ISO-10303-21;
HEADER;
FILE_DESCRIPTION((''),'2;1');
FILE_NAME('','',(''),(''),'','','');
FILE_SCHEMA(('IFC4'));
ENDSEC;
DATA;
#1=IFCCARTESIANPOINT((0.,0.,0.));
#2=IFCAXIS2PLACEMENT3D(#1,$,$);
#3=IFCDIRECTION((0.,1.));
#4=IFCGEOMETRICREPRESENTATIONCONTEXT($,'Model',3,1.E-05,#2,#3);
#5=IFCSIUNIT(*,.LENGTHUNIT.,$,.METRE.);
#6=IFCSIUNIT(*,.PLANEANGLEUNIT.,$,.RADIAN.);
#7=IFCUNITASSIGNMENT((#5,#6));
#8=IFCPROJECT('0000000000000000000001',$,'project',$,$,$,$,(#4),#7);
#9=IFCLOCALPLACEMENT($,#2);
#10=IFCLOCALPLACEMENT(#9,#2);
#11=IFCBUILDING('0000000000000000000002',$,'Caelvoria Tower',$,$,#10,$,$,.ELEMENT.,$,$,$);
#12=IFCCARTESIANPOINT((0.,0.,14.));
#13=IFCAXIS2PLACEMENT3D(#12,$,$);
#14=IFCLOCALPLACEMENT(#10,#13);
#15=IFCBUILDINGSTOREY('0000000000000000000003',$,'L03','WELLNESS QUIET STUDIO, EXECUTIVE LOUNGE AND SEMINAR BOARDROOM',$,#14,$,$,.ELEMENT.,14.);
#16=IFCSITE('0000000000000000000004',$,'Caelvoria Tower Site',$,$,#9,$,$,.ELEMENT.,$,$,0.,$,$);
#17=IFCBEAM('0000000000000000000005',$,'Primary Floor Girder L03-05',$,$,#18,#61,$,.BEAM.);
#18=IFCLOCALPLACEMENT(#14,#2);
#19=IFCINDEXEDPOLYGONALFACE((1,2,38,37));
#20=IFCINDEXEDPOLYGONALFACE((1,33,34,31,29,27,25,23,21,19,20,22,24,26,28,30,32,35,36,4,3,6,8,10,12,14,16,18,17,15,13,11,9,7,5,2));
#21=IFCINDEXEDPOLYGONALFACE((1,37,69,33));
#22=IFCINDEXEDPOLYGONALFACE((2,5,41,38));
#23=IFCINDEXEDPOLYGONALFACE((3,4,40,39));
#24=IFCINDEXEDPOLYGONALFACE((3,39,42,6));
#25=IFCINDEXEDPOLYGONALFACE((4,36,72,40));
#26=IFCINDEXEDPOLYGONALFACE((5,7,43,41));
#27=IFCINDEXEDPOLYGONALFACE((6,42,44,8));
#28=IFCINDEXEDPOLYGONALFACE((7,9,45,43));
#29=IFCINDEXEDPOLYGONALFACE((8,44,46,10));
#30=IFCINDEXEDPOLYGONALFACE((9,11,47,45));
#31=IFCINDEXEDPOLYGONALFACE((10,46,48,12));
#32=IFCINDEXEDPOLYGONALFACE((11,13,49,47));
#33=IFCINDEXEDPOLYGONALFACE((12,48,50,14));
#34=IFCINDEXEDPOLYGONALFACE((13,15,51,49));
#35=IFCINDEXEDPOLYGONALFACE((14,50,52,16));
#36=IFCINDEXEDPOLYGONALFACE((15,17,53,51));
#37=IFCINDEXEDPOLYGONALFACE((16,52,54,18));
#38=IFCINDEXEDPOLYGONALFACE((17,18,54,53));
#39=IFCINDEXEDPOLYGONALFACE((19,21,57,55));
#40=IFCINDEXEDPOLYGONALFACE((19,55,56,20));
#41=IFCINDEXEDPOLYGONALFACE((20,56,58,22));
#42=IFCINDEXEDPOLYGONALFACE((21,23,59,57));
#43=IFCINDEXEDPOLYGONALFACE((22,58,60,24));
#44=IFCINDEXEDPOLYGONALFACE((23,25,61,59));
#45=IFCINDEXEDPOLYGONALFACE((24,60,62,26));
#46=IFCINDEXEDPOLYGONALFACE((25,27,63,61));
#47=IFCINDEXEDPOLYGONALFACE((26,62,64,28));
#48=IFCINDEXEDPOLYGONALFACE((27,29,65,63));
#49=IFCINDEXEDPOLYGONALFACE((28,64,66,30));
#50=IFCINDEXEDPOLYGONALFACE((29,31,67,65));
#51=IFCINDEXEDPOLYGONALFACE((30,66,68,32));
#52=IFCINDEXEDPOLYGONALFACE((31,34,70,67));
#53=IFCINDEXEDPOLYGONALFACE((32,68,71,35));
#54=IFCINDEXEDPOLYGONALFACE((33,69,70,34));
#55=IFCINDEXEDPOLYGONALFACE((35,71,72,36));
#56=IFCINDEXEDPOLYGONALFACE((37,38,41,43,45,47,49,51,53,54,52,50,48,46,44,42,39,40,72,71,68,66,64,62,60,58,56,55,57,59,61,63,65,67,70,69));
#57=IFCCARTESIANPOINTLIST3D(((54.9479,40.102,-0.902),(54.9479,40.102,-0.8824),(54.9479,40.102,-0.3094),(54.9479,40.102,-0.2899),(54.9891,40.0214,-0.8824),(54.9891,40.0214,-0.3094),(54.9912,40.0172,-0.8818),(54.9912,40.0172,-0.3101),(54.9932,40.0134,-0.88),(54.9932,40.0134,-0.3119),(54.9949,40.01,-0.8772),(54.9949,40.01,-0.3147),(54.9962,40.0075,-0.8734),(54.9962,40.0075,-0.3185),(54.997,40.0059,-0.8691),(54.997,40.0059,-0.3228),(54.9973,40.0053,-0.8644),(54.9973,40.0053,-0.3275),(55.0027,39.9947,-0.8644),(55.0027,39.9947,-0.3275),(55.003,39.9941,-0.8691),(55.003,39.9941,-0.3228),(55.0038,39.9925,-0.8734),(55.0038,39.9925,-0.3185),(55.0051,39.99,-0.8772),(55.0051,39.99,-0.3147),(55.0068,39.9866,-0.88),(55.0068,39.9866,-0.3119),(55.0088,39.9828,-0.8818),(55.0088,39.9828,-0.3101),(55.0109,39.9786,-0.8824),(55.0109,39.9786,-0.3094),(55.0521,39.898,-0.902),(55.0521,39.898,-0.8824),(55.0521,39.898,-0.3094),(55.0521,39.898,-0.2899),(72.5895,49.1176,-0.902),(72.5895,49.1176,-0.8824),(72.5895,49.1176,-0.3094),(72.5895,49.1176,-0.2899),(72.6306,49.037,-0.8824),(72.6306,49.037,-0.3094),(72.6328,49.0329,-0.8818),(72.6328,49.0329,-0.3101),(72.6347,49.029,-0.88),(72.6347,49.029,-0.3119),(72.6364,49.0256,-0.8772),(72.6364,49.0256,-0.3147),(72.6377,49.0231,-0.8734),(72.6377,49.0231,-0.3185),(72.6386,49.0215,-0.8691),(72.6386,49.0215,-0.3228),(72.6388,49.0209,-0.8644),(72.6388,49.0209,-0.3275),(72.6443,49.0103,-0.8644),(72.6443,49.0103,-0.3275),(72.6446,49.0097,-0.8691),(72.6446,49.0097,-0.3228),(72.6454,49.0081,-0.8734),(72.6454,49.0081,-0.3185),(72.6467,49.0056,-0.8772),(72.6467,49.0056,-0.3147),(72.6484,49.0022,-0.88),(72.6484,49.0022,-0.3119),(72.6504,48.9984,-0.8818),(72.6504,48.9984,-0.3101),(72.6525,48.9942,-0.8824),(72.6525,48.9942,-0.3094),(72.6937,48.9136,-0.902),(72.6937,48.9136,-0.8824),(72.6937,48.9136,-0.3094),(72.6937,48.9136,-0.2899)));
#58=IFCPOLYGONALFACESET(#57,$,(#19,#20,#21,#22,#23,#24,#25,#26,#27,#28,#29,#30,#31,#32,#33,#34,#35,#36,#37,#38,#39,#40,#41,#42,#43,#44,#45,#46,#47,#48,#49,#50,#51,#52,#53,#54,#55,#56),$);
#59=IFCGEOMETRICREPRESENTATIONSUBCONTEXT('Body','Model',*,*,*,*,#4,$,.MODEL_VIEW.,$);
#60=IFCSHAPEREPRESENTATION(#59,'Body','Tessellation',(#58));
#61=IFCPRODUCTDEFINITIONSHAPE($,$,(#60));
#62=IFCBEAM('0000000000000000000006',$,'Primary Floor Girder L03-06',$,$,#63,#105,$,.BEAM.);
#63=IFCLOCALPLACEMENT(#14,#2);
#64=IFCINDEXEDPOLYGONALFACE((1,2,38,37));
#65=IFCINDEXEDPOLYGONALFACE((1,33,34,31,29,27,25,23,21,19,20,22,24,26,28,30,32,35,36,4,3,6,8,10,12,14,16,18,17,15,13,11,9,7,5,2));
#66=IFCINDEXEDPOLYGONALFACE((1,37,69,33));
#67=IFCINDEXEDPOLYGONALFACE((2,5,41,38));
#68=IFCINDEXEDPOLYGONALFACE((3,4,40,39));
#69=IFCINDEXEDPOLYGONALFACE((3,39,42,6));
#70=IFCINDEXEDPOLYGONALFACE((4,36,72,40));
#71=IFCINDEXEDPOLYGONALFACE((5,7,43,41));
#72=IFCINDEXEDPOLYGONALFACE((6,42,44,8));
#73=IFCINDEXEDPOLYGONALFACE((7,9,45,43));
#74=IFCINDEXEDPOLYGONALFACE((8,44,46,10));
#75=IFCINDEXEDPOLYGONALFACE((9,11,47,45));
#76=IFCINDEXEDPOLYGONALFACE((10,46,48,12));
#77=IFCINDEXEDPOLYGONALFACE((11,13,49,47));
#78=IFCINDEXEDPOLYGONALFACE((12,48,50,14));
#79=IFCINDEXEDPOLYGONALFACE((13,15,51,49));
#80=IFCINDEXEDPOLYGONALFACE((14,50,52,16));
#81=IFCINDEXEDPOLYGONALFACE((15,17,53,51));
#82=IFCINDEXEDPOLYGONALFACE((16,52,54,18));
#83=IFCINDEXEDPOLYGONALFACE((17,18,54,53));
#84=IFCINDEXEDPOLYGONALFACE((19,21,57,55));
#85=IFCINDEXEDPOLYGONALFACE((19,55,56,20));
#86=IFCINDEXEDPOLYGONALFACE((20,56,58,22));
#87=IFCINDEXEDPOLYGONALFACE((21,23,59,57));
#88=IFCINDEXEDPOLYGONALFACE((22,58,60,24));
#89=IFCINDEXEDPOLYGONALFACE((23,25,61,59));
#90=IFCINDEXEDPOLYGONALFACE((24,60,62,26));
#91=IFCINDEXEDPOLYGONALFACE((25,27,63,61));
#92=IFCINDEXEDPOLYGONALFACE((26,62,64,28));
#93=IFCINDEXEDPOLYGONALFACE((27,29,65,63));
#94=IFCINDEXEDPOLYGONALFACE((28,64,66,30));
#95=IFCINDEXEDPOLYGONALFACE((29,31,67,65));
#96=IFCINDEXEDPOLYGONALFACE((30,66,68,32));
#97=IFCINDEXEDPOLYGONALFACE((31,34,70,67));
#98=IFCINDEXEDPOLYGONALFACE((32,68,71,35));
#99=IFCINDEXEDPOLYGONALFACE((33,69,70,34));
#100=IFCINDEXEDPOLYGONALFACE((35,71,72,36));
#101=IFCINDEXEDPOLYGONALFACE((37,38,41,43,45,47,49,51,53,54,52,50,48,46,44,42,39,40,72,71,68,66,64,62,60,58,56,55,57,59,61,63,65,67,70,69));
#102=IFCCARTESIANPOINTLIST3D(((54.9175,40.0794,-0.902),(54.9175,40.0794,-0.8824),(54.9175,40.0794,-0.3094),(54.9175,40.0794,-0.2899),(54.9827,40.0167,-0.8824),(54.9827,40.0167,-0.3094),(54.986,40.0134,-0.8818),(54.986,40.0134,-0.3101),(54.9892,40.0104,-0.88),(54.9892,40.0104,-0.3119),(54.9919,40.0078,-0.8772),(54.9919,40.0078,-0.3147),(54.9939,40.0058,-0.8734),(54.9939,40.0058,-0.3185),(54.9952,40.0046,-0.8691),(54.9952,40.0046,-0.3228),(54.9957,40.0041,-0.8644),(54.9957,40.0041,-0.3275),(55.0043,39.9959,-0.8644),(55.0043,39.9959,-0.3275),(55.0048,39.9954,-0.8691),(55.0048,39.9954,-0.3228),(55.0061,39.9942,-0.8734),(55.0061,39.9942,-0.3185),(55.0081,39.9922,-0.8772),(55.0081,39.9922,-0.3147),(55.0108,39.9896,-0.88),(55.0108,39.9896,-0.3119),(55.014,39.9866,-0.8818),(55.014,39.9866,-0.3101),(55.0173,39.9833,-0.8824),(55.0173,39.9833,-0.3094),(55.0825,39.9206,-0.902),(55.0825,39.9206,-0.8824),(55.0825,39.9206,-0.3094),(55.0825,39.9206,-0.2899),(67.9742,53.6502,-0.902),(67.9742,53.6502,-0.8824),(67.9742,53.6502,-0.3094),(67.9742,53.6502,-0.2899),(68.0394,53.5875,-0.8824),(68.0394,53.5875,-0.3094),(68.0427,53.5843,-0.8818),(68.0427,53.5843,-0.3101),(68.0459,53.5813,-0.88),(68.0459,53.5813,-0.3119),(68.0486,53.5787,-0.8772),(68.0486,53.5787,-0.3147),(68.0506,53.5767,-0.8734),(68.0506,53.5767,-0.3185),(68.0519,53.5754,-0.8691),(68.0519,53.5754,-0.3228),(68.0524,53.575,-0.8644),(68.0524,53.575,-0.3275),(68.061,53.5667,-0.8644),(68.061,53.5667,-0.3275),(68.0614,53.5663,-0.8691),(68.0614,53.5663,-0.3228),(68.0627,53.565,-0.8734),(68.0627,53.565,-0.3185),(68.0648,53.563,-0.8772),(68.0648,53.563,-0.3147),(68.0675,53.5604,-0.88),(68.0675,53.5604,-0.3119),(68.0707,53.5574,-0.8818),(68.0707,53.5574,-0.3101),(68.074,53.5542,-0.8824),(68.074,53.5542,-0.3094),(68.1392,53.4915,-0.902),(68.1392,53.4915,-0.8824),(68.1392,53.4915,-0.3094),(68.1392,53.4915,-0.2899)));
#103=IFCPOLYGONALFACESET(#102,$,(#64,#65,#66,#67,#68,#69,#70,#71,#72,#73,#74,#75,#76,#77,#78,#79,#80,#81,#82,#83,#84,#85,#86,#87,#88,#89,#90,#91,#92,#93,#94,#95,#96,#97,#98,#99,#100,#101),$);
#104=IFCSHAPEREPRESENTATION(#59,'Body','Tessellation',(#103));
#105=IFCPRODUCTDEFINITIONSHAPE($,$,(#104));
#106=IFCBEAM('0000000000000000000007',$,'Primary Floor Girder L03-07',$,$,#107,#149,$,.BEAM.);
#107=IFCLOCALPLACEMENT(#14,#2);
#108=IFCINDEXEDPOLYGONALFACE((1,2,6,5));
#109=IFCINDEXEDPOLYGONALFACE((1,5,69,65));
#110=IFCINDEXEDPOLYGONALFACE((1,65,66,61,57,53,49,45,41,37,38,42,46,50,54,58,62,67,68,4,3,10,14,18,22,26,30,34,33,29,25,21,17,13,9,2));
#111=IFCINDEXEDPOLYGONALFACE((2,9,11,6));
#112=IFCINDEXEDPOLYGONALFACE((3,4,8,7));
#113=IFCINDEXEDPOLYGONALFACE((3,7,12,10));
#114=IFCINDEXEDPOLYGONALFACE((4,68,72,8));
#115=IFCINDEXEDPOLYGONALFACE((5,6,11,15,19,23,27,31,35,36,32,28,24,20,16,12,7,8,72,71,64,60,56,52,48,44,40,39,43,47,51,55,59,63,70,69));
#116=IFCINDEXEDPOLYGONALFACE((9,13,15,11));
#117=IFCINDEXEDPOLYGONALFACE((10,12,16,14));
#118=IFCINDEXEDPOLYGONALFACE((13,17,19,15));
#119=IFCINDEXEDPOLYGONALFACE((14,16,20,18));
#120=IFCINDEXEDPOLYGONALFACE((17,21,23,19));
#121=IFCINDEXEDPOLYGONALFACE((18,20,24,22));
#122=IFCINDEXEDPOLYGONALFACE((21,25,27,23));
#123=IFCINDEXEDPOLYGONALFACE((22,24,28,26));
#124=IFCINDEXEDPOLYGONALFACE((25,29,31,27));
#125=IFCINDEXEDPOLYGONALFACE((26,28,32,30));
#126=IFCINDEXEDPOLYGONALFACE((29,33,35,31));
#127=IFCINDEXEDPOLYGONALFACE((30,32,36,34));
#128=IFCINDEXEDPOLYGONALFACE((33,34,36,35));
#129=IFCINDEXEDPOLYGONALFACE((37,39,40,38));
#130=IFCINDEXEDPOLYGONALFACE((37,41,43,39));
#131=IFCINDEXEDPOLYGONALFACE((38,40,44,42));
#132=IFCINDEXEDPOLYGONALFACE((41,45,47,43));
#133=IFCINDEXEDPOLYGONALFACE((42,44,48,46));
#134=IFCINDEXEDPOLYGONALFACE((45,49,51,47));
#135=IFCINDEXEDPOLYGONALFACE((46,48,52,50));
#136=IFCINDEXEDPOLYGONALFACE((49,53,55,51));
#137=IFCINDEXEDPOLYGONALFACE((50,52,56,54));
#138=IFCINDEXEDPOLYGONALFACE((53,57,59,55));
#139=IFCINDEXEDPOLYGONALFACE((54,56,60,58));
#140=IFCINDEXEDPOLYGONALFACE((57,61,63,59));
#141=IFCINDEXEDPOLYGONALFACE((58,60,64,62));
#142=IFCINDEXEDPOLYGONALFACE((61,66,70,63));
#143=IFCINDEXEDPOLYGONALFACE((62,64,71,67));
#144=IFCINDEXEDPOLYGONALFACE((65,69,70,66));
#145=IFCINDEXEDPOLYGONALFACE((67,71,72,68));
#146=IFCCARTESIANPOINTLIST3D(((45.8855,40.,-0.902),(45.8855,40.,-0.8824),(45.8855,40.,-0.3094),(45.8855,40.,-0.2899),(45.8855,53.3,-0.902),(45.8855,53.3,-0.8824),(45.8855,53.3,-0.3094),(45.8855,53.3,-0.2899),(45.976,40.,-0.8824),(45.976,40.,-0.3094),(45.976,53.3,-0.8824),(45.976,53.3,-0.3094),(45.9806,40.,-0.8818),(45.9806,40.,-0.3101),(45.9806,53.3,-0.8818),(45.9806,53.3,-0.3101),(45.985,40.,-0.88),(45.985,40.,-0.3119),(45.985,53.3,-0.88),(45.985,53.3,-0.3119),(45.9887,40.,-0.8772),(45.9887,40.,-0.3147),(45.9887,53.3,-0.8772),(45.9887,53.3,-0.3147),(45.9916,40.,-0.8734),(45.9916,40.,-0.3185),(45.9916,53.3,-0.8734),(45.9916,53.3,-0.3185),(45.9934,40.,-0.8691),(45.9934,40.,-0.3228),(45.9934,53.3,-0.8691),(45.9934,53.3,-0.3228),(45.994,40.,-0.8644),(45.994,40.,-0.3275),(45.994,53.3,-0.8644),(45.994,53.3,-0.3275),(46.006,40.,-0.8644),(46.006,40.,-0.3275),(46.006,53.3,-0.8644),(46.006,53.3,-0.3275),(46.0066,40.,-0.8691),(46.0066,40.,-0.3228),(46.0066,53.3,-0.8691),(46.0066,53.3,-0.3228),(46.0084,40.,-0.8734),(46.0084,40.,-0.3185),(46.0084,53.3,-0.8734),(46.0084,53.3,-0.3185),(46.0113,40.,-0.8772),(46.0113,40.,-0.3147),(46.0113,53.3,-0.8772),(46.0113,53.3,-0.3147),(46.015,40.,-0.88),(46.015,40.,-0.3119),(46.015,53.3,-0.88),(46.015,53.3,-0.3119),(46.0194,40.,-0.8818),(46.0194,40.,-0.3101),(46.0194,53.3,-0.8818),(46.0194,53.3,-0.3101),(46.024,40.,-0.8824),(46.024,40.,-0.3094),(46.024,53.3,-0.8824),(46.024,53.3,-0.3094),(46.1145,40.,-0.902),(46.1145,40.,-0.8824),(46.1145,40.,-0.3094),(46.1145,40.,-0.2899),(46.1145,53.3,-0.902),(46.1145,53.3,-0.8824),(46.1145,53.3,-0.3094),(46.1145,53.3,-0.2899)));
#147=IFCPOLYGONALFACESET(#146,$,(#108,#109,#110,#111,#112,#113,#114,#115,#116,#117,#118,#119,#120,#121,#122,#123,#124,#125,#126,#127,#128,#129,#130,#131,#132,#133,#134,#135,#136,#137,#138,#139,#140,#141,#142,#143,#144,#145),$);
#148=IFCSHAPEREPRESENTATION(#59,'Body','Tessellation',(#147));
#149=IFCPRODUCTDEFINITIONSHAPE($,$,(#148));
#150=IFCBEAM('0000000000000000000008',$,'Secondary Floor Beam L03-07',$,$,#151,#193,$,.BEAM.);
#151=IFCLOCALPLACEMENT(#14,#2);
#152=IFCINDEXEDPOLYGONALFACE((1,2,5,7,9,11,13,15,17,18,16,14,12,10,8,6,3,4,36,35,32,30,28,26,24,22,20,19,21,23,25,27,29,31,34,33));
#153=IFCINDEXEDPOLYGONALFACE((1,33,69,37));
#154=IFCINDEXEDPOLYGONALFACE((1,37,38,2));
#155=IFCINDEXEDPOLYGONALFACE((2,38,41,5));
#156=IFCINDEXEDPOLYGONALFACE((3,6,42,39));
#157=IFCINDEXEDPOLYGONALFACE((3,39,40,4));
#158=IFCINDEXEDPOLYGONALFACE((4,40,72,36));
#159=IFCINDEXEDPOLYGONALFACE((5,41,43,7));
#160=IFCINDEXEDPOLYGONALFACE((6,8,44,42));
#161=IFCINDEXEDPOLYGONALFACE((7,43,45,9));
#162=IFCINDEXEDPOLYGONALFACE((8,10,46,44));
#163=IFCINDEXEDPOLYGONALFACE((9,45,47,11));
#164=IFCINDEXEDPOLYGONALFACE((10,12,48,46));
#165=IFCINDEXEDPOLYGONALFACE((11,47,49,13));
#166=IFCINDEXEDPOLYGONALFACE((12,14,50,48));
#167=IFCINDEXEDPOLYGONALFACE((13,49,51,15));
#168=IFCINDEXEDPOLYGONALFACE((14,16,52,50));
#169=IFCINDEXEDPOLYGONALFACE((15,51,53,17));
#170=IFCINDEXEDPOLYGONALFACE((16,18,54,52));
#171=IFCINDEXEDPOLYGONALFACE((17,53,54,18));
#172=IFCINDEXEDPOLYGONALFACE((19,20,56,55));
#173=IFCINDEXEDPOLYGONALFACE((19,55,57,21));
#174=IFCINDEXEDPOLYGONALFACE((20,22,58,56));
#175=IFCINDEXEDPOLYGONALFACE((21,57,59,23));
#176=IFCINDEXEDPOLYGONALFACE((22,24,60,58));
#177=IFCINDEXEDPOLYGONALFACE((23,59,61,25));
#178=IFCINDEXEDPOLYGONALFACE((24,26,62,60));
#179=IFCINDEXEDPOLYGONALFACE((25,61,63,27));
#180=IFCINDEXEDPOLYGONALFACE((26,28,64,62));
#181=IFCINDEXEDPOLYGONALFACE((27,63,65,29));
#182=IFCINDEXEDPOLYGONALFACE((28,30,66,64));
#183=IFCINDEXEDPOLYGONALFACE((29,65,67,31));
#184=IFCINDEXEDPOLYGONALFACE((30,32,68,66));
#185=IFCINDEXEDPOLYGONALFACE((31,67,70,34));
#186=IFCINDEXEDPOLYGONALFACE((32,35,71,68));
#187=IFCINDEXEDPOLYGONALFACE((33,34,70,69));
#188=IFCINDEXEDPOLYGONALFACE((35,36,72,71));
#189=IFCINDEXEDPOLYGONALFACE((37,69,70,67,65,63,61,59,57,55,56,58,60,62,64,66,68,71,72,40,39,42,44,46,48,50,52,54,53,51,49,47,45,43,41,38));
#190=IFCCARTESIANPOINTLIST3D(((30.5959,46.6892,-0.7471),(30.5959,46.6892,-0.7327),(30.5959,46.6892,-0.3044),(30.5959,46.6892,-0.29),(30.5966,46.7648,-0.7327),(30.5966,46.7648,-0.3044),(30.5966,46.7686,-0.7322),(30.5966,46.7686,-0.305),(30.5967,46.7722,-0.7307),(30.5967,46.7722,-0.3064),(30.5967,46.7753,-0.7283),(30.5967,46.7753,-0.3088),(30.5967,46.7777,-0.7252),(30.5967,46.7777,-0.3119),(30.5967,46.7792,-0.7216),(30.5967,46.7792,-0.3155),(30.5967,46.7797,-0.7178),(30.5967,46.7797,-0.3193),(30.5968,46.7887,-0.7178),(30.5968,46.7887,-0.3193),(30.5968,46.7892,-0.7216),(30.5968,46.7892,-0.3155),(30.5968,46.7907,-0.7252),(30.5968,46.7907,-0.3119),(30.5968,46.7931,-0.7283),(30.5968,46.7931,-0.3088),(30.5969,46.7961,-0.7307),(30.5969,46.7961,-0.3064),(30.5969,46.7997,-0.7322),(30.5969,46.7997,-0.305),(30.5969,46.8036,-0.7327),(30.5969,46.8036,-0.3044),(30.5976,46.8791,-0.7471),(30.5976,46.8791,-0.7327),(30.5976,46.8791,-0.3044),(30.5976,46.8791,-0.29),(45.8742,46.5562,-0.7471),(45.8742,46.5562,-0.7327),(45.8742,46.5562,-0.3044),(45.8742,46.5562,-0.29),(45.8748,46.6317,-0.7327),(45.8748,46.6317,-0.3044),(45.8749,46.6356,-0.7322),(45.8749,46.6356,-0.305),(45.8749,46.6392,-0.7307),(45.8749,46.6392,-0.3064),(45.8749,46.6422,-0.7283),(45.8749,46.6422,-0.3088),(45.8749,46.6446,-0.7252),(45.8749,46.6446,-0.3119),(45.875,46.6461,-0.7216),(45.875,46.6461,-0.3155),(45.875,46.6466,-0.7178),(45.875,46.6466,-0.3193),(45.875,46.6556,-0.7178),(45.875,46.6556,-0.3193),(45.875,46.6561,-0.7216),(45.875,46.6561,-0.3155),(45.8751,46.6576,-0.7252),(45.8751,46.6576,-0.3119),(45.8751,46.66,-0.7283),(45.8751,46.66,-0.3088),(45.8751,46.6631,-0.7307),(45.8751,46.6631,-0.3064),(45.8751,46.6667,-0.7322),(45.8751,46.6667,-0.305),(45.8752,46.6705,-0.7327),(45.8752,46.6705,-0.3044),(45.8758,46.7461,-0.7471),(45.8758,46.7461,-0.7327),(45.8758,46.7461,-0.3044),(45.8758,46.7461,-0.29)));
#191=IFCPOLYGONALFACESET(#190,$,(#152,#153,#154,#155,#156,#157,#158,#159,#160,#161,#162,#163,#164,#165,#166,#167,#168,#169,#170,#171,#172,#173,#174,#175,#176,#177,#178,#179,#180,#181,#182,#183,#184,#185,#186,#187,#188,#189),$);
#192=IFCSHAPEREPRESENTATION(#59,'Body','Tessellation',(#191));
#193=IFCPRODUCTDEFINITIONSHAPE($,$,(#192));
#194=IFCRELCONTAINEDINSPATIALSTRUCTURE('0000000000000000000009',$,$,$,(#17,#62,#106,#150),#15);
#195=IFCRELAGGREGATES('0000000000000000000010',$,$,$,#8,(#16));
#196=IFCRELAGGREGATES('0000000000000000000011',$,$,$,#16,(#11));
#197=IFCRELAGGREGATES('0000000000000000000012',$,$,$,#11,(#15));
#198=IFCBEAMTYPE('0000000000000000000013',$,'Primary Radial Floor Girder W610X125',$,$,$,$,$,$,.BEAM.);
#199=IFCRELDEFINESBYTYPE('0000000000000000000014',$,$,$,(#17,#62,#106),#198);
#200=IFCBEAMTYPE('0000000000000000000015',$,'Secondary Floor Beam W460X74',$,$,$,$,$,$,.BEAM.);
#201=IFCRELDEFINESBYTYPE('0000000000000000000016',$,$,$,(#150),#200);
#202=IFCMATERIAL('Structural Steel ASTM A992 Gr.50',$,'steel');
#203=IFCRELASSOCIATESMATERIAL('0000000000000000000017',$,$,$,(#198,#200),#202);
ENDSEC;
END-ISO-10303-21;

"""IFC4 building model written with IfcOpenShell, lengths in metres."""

from ifc_helpers import new_model, si_unit, direction, frame, origin, origin_2d, place, context, subcontext, project, spatial, i_section, extrude, material, material_profile, profile_set, type_object, element, save


model = new_model("IFC4")

# Units and contexts
model_context = context("Model", 3, precision=1e-05, world=origin(), true_north=direction((0.0, 1.0)))
body_context = subcontext(model_context, "Body", "Model", "MODEL_VIEW")
ifc_project = project(units=[si_unit("LENGTHUNIT", "METRE"), si_unit("PLANEANGLEUNIT", "RADIAN")], contexts=[model_context])

# Site, building, storey
site_placement = place(None, origin())
site = spatial("IfcSite", under=ifc_project, at=site_placement, Name="Caelvoria Tower Site", CompositionType="ELEMENT", RefElevation=0.0)
building_placement = place(site_placement, origin())
building = spatial("IfcBuilding", under=site, at=building_placement, Name="Caelvoria Tower", CompositionType="ELEMENT")
storey_placement = place(building_placement, frame((0.0, 0.0, 14.0)))
storey = spatial("IfcBuildingStorey", under=building, at=storey_placement, Name="L03", Description="WELLNESS QUIET STUDIO, EXECUTIVE LOUNGE AND SEMINAR BOARDROOM", CompositionType="ELEMENT", Elevation=14.0)

# Beams
ifc_material_1 = material(Name="Structural Steel ASTM A992 Gr.50", Category="steel")
ifc_material_profile_1 = material_profile(ifc_material_1, i_section(OverallWidth=0.229, OverallDepth=0.6121, WebThickness=0.012, FlangeThickness=0.0195, FilletRadius=0.0181, at=origin_2d()), Name="Structural Steel ASTM A992 Gr.50")
ifc_profile_set_1 = profile_set([ifc_material_profile_1], Name="W610X125 - Structural Steel ASTM A992 Gr.50")
beam_type_1 = type_object("IfcBeamType", Name="Primary Radial Floor Girder W610X125", PredefinedType="BEAM", material=ifc_profile_set_1)
beam_1_placement = place(storey_placement, frame((55.0, 40.0, -0.5959), z_axis=(0.890459, 0.455063, 0.0), x_axis=(-0.455063, 0.890459, 0.0)))
element("IfcBeam", 1, at=beam_1_placement, inside=storey, type_object=beam_type_1, Name="Primary Floor Girder L03-05", PredefinedType="BEAM", context=body_context, shape_type="SweptSolid", body=[
    extrude(i_section(OverallWidth=0.229, OverallDepth=0.6121, WebThickness=0.012, FlangeThickness=0.0195, FilletRadius=0.0181, at=origin_2d()), origin(), (0.0, 0.0, 1.0), 19.8118),
])
beam_2_placement = place(storey_placement, frame((55.0, 40.0, -0.5959), z_axis=(0.693324, 0.720626, 0.0), x_axis=(-0.720626, 0.693324, 0.0)))
element("IfcBeam", 2, at=beam_2_placement, inside=storey, type_object=beam_type_1, Name="Primary Floor Girder L03-06", PredefinedType="BEAM", context=body_context, shape_type="SweptSolid", body=[
    extrude(i_section(OverallWidth=0.229, OverallDepth=0.6121, WebThickness=0.012, FlangeThickness=0.0195, FilletRadius=0.0181, at=origin_2d()), origin(), (0.0, 0.0, 1.0), 18.832),
])
beam_3_placement = place(storey_placement, frame((46.0, 40.0, -0.5959), z_axis=(0.0, 1.0, 0.0), x_axis=(-1.0, 0.0, 0.0)))
element("IfcBeam", 3, at=beam_3_placement, inside=storey, type_object=beam_type_1, Name="Primary Floor Girder L03-07", PredefinedType="BEAM", context=body_context, shape_type="SweptSolid", body=[
    extrude(i_section(OverallWidth=0.229, OverallDepth=0.6121, WebThickness=0.012, FlangeThickness=0.0195, FilletRadius=0.0181, at=origin_2d()), origin(), (0.0, 0.0, 1.0), 13.3),
])
ifc_material_profile_2 = material_profile(ifc_material_1, i_section(OverallWidth=0.1899, OverallDepth=0.457, WebThickness=0.009, FlangeThickness=0.0144, FilletRadius=0.0149, at=origin_2d()), Name="Structural Steel ASTM A992 Gr.50")
ifc_profile_set_2 = profile_set([ifc_material_profile_2], Name="W460X74 - Structural Steel ASTM A992 Gr.50")
beam_type_2 = type_object("IfcBeamType", Name="Secondary Floor Beam W460X74", PredefinedType="BEAM", material=ifc_profile_set_2)
beam_4_placement = place(storey_placement, frame((45.875, 46.6511, -0.5186), z_axis=(-0.999962, 0.008709, 0.0), x_axis=(-0.008709, -0.999962, 0.0)))
element("IfcBeam", 4, at=beam_4_placement, inside=storey, type_object=beam_type_2, Name="Secondary Floor Beam L03-07", PredefinedType="BEAM", context=body_context, shape_type="SweptSolid", body=[
    extrude(i_section(OverallWidth=0.1899, OverallDepth=0.457, WebThickness=0.009, FlangeThickness=0.0144, FilletRadius=0.0149, at=origin_2d()), origin(), (0.0, 0.0, 1.0), 15.2788),
])

save(model, "model.ifc")
